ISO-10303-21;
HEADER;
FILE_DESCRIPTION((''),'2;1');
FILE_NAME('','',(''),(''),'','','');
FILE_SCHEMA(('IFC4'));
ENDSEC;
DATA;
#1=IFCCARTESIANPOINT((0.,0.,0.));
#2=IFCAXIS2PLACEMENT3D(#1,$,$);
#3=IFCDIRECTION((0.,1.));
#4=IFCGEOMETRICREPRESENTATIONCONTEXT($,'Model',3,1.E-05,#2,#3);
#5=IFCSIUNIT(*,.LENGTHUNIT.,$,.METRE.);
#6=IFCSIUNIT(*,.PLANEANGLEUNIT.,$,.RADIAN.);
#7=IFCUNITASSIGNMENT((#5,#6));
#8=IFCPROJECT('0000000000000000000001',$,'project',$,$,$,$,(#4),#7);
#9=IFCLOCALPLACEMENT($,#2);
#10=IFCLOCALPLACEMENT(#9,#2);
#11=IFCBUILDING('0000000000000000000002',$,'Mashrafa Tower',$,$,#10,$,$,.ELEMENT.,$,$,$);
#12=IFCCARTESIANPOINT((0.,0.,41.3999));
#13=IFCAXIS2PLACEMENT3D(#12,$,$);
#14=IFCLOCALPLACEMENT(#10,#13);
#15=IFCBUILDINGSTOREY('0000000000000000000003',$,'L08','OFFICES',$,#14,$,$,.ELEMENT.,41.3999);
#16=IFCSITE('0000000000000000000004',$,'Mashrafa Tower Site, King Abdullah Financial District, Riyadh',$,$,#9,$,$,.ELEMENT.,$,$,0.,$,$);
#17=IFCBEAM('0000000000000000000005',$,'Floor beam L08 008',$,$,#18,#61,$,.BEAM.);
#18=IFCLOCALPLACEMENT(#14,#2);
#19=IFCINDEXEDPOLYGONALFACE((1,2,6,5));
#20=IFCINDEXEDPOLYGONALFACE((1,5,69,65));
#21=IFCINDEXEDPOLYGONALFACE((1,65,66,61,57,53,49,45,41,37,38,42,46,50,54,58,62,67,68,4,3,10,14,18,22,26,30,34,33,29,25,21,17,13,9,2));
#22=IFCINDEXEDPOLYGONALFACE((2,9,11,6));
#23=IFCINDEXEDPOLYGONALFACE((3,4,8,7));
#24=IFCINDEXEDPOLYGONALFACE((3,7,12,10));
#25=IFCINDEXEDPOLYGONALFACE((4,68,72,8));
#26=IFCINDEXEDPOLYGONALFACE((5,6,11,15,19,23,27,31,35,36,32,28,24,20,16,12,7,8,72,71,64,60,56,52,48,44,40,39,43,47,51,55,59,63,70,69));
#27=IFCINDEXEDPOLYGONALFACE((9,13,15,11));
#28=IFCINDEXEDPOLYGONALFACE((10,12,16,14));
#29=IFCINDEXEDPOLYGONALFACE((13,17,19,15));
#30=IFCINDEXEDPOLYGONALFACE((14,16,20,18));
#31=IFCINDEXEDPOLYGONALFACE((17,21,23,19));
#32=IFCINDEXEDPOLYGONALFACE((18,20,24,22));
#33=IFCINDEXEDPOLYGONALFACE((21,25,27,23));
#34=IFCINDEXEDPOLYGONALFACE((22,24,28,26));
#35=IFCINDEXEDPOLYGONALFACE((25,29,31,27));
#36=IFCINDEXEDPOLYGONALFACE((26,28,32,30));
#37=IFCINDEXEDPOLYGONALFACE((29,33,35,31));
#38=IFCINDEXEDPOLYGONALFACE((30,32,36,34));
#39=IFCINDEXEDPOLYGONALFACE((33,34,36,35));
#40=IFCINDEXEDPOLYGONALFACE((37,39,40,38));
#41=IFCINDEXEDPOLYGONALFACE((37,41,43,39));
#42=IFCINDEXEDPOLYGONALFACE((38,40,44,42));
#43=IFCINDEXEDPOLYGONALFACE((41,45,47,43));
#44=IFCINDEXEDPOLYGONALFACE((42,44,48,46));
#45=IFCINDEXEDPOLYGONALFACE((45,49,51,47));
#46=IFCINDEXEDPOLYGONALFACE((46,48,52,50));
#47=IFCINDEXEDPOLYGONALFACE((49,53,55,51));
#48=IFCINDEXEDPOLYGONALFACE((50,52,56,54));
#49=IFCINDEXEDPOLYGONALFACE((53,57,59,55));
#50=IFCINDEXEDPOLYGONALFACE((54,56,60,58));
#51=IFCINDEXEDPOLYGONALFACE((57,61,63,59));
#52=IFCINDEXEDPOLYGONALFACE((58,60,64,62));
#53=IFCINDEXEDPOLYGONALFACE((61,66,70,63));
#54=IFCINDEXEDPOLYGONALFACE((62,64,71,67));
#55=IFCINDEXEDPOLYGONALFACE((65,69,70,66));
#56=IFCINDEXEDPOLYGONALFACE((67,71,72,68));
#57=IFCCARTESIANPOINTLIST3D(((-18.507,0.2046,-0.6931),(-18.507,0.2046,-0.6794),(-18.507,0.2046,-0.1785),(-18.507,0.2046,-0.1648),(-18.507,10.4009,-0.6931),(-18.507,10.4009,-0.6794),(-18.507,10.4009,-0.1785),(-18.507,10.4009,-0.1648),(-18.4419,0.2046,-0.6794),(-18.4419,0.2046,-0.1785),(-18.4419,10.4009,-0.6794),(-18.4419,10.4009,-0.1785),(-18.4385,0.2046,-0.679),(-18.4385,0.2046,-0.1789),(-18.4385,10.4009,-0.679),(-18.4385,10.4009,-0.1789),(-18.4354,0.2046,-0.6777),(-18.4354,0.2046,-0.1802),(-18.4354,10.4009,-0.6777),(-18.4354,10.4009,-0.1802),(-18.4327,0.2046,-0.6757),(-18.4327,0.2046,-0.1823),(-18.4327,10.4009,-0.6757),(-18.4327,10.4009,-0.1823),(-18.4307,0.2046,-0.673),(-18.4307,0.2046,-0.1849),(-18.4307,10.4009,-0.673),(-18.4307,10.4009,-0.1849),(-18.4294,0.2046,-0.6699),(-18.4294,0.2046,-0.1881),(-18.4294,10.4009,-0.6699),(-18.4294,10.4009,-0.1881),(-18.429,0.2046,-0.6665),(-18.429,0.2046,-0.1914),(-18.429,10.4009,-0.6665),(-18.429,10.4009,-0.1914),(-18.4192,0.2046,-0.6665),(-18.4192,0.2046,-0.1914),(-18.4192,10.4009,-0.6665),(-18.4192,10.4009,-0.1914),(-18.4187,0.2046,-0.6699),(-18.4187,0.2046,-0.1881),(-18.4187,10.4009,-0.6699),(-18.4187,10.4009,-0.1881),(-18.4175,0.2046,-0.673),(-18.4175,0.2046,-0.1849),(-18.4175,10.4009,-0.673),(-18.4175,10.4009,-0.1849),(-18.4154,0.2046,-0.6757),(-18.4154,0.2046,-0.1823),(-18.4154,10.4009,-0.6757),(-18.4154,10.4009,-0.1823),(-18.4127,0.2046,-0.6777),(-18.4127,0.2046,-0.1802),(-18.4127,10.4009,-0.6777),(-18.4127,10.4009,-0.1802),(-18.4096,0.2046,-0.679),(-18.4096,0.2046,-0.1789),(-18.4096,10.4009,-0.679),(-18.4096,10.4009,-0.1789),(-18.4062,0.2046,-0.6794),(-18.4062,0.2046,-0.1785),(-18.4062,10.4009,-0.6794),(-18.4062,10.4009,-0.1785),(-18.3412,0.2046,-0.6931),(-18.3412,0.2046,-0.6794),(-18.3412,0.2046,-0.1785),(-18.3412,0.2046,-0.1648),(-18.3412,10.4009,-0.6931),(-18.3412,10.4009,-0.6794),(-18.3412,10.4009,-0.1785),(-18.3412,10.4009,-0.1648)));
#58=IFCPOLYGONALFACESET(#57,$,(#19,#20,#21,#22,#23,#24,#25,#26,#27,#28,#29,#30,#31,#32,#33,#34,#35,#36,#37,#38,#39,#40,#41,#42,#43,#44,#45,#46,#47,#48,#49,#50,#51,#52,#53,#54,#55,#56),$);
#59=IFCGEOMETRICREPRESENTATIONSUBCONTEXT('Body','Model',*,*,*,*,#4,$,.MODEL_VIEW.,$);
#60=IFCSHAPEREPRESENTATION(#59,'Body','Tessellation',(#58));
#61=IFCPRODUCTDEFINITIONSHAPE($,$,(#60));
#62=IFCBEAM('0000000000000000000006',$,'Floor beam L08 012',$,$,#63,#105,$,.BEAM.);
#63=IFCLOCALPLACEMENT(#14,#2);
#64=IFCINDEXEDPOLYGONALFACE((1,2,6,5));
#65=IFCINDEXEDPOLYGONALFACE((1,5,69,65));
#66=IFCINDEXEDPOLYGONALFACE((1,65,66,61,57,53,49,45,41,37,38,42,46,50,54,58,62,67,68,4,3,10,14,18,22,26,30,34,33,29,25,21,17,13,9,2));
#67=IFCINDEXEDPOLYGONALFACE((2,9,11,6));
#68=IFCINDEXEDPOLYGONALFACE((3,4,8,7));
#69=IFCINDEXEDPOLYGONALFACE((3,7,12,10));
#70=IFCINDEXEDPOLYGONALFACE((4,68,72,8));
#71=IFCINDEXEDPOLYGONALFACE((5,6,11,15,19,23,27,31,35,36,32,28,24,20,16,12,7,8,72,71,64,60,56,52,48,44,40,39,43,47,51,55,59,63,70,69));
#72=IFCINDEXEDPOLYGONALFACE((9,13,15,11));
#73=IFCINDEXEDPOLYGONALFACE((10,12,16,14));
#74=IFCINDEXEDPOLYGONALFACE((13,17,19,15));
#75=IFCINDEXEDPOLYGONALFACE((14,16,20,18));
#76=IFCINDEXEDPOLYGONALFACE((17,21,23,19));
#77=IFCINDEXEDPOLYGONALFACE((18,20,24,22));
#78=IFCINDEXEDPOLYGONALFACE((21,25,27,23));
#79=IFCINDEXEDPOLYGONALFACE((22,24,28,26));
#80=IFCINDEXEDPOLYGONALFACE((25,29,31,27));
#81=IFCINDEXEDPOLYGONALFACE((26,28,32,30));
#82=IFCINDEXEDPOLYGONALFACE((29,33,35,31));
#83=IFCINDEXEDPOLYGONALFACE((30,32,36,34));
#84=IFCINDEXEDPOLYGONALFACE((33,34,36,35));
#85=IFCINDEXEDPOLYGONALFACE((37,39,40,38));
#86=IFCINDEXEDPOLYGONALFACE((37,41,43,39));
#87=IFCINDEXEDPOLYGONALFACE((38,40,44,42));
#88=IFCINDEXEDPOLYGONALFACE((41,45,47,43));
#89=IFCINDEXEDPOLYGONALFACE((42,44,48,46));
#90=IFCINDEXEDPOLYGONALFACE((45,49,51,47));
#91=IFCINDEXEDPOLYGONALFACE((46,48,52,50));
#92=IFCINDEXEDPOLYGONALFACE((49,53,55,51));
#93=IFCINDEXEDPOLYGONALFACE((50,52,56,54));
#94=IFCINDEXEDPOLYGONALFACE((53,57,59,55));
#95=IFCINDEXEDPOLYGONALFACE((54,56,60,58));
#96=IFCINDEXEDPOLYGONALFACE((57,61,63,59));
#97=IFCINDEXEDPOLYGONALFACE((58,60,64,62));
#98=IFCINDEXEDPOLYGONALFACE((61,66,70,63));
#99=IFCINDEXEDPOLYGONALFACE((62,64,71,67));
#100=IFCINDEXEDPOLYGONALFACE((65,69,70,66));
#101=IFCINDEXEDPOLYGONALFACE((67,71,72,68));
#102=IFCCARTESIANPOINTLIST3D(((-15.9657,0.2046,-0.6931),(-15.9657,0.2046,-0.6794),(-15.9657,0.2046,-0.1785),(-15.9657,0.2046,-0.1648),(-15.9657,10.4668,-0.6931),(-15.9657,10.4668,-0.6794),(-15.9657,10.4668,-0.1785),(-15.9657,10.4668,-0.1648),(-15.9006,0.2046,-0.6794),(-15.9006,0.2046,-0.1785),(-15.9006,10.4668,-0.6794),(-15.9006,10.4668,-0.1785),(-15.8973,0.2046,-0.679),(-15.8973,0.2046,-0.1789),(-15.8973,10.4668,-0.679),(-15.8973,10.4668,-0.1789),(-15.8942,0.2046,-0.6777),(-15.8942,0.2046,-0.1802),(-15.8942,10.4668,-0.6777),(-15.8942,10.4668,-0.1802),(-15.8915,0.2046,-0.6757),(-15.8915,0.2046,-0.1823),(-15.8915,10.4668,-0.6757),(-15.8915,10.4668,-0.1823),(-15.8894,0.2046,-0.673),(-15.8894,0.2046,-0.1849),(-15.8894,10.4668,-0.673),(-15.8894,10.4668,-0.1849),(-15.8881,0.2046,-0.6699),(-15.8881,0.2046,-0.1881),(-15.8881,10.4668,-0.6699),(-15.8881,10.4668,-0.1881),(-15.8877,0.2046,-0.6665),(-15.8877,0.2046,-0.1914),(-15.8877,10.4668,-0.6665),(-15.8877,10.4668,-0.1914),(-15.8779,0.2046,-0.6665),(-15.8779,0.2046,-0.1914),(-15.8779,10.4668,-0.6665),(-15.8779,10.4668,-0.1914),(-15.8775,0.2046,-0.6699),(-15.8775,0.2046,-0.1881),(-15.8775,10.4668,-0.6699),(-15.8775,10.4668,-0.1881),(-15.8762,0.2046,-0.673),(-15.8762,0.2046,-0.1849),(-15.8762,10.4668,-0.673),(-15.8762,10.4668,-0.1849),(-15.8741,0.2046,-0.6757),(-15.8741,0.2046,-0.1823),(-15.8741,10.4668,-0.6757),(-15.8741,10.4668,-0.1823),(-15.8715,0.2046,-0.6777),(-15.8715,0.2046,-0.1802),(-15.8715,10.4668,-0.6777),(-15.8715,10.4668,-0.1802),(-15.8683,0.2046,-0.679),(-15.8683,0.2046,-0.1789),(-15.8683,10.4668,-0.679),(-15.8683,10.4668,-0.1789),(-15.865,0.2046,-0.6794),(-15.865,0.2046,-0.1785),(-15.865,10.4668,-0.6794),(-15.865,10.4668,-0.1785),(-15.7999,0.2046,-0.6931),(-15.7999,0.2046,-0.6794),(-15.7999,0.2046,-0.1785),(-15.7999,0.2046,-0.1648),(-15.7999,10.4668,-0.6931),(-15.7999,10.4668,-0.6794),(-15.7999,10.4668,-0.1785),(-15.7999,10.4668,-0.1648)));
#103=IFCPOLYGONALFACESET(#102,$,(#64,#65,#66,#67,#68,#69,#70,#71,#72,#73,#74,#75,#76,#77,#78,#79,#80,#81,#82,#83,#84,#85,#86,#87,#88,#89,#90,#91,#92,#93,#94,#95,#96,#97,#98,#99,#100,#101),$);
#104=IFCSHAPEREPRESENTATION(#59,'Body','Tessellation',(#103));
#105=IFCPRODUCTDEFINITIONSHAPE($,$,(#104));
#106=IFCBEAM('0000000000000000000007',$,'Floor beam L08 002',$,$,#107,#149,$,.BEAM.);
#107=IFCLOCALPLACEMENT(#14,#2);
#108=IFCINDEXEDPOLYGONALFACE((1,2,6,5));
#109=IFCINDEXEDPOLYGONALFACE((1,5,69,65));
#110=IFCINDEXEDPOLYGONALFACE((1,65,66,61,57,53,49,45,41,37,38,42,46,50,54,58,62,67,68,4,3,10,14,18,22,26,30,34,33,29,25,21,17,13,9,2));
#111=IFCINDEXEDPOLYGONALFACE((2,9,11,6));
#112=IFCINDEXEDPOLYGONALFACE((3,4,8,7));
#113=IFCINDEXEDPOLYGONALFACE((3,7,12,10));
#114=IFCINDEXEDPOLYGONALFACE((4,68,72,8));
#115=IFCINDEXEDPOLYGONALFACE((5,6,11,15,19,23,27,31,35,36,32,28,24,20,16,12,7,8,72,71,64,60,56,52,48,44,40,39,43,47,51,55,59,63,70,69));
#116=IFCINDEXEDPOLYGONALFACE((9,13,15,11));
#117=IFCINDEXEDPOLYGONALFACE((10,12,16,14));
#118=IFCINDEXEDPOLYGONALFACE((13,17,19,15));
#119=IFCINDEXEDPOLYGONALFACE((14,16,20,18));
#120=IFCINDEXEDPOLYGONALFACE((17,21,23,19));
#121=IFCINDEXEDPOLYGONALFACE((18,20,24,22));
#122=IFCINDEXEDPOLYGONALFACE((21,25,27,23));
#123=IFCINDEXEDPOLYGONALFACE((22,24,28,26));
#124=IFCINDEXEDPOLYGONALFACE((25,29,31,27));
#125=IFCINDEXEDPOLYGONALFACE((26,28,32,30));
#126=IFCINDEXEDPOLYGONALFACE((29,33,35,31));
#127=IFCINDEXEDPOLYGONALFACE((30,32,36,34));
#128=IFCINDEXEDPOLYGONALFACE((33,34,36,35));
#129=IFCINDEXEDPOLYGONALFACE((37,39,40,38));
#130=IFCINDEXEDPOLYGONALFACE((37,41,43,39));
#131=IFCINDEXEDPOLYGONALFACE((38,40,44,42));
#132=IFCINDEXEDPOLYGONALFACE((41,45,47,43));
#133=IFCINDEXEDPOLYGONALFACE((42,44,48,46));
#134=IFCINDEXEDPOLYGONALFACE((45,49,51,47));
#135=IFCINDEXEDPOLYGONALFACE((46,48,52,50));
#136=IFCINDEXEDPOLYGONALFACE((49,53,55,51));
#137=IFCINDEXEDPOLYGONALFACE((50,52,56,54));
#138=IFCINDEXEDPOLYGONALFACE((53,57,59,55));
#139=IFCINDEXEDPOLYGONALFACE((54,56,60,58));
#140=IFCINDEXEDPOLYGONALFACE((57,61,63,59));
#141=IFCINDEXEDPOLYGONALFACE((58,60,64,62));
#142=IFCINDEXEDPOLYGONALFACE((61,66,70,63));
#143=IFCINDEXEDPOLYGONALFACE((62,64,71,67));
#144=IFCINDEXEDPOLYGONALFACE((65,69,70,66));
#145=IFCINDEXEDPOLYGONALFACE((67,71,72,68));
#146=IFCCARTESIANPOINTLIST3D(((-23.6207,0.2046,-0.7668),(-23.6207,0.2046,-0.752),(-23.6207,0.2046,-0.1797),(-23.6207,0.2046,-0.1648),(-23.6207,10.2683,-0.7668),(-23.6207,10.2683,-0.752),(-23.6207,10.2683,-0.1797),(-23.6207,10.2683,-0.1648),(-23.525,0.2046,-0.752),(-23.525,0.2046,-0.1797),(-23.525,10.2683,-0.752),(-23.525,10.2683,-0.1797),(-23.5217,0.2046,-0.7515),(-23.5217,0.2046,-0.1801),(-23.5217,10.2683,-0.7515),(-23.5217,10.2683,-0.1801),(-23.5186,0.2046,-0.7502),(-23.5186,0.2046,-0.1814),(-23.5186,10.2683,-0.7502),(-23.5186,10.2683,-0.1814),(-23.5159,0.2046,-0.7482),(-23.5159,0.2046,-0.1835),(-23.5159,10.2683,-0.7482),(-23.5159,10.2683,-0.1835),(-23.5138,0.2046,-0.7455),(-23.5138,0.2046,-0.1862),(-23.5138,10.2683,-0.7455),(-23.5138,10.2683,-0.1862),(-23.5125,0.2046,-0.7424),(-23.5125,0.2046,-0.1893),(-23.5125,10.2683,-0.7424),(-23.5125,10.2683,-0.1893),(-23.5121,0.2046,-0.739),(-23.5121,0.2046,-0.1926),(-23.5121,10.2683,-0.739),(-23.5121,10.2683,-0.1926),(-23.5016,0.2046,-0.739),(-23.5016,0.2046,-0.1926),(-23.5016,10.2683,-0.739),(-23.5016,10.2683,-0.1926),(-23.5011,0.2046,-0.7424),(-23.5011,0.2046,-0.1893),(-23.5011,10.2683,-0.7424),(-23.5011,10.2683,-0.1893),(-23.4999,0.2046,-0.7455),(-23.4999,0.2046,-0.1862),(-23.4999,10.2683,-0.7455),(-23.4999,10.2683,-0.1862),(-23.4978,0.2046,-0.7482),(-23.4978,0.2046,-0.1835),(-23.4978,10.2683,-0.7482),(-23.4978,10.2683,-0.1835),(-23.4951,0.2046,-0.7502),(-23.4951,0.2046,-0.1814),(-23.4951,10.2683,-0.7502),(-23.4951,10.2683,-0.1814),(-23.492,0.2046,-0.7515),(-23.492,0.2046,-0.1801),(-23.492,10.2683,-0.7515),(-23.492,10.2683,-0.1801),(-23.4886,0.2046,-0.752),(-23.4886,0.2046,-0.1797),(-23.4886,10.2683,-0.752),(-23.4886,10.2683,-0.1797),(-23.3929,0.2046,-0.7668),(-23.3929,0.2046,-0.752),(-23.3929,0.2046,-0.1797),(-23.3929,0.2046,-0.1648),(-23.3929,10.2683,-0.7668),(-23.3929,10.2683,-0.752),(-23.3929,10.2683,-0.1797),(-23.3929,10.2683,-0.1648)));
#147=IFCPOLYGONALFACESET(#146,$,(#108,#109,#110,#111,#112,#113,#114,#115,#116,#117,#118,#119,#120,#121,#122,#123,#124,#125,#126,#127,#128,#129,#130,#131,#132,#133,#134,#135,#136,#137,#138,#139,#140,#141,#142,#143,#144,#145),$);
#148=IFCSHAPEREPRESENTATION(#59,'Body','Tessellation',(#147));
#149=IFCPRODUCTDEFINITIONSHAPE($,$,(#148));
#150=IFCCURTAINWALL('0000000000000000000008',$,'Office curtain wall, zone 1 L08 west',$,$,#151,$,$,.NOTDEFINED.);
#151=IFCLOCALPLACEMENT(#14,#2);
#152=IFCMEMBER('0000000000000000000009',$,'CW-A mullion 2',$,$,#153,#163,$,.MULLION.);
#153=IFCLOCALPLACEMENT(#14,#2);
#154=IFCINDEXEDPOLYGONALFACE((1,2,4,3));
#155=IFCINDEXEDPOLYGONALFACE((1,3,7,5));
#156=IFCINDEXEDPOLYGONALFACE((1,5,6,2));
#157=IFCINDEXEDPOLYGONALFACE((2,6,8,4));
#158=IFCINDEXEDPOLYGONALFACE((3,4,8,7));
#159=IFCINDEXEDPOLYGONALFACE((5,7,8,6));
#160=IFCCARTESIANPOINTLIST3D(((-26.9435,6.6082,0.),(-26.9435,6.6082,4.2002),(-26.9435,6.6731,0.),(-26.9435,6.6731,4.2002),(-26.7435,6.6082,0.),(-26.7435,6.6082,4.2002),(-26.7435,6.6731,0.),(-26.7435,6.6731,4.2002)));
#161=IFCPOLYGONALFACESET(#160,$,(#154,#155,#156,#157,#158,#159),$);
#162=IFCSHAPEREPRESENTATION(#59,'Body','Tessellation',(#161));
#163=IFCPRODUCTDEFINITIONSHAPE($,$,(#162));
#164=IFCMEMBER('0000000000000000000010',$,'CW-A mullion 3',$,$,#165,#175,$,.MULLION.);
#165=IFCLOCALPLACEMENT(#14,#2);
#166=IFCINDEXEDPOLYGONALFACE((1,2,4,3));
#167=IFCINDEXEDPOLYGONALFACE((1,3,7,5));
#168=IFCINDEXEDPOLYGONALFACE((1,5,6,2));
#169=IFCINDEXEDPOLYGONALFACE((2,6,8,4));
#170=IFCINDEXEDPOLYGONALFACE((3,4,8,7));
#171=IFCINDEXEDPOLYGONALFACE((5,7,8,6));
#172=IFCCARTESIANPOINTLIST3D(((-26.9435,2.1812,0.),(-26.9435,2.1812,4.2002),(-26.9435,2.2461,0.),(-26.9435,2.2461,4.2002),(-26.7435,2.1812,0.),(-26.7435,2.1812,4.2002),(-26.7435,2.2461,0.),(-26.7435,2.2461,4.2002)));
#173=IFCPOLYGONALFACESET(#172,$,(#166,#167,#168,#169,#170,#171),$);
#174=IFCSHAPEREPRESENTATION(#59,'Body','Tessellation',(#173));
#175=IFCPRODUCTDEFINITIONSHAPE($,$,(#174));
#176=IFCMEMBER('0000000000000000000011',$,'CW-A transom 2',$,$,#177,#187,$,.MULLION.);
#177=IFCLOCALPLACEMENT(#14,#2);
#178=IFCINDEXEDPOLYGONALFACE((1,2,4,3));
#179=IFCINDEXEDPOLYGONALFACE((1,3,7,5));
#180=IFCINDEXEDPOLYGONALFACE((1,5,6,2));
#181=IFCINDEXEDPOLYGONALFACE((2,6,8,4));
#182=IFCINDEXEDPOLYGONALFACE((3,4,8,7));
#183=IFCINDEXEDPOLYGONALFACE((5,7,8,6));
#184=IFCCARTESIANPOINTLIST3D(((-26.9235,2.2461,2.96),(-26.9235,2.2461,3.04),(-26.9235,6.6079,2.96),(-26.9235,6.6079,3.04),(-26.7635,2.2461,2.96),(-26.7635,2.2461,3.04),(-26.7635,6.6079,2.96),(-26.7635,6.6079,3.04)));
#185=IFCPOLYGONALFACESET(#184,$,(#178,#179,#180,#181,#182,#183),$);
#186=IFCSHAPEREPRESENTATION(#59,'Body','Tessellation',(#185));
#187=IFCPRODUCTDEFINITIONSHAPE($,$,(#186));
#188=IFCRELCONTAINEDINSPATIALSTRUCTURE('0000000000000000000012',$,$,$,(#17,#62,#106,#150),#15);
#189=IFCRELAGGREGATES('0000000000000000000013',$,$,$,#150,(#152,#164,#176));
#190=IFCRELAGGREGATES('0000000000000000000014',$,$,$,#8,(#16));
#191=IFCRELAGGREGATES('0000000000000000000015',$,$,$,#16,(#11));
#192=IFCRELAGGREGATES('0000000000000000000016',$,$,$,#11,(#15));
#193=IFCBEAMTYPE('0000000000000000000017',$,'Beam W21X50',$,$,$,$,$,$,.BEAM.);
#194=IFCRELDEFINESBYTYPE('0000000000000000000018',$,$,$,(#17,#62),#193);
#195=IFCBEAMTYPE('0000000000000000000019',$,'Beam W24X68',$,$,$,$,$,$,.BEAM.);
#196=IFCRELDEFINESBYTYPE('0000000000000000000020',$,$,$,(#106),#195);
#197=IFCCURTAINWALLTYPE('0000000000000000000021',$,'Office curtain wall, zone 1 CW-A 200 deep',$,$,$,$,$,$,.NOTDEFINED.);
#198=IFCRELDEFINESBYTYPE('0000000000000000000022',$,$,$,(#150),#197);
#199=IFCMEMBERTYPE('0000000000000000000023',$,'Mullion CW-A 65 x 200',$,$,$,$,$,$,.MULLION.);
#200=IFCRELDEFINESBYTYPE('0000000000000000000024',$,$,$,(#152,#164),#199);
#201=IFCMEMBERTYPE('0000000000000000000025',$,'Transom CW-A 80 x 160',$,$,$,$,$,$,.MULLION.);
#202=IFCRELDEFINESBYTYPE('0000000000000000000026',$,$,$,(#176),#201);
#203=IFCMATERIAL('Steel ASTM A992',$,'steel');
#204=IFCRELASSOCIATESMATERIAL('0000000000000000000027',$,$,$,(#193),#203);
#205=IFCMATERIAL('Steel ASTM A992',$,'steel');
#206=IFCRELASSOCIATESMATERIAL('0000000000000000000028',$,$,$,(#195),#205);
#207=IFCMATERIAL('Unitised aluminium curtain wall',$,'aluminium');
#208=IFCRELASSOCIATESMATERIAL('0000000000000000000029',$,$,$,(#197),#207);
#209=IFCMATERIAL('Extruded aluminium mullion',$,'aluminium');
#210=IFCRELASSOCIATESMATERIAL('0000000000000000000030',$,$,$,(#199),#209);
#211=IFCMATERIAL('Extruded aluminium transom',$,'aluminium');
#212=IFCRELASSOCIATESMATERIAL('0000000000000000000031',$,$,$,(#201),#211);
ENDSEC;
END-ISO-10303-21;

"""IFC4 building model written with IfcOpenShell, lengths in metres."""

from ifc_helpers import new_model, si_unit, direction, frame, origin, origin_2d, place, context, subcontext, project, spatial, rectangle, i_section, extrude, source, transform, mapped, material, material_profile, profile_set, type_object, type_shapes, element, aggregate, save


model = new_model("IFC4")

# Units and contexts
model_context = context("Model", 3, precision=1e-05, world=origin(), true_north=direction((0.0, 1.0)))
body_context = subcontext(model_context, "Body", "Model", "MODEL_VIEW")
ifc_project = project(units=[si_unit("LENGTHUNIT", "METRE"), si_unit("PLANEANGLEUNIT", "RADIAN")], contexts=[model_context])

# Site, building, storey
site_placement = place(None, origin())
site = spatial("IfcSite", under=ifc_project, at=site_placement, Name="Mashrafa Tower Site, King Abdullah Financial District, Riyadh", CompositionType="ELEMENT", RefElevation=0.0)
building_placement = place(site_placement, origin())
building = spatial("IfcBuilding", under=site, at=building_placement, Name="Mashrafa Tower", CompositionType="ELEMENT")
storey_placement = place(building_placement, frame((0.0, 0.0, 41.3999)))
storey = spatial("IfcBuildingStorey", under=building, at=storey_placement, Name="L08", Description="OFFICES", CompositionType="ELEMENT", Elevation=41.3999)

# Beams
ifc_material_1 = material(Name="Steel ASTM A992", Category="steel")
ifc_material_profile_1 = material_profile(ifc_material_1, i_section(OverallWidth=0.1658, OverallDepth=0.5283, WebThickness=0.0098, FlangeThickness=0.0137, FilletRadius=0.0129, at=origin_2d()), Name="W21X50")
ifc_profile_set_1 = profile_set([ifc_material_profile_1], Name="Steel ASTM A992")
beam_type_1 = type_object("IfcBeamType", Name="Beam W21X50", PredefinedType="BEAM", material=ifc_profile_set_1)
beam_1_placement = place(storey_placement, frame((-18.4241, 0.2046, -0.429), z_axis=(0.0, 1.0, 0.0), x_axis=(-1.0, 0.0, 0.0)))
element("IfcBeam", 1, at=beam_1_placement, inside=storey, type_object=beam_type_1, Name="Floor beam L08 008", PredefinedType="BEAM", context=body_context, shape_type="SweptSolid", body=[
    extrude(i_section(OverallWidth=0.1658, OverallDepth=0.5283, WebThickness=0.0098, FlangeThickness=0.0137, FilletRadius=0.0129, at=origin_2d()), origin(), (0.0, 0.0, 1.0), 10.1963),
])
beam_2_placement = place(storey_placement, frame((-15.8828, 0.2046, -0.429), z_axis=(0.0, 1.0, 0.0), x_axis=(-1.0, 0.0, 0.0)))
element("IfcBeam", 2, at=beam_2_placement, inside=storey, type_object=beam_type_1, Name="Floor beam L08 012", PredefinedType="BEAM", context=body_context, shape_type="SweptSolid", body=[
    extrude(i_section(OverallWidth=0.1658, OverallDepth=0.5283, WebThickness=0.0098, FlangeThickness=0.0137, FilletRadius=0.0129, at=origin_2d()), origin(), (0.0, 0.0, 1.0), 10.2622),
])
ifc_material_2 = material(Name="Steel ASTM A992", Category="steel")
ifc_material_profile_2 = material_profile(ifc_material_2, i_section(OverallWidth=0.2278, OverallDepth=0.6021, WebThickness=0.0105, FlangeThickness=0.0149, FilletRadius=0.0129, at=origin_2d()), Name="W24X68")
ifc_profile_set_2 = profile_set([ifc_material_profile_2], Name="Steel ASTM A992")
beam_type_2 = type_object("IfcBeamType", Name="Beam W24X68", PredefinedType="BEAM", material=ifc_profile_set_2)
beam_3_placement = place(storey_placement, frame((-23.5068, 0.2046, -0.4658), z_axis=(0.0, 1.0, 0.0), x_axis=(-1.0, 0.0, 0.0)))
element("IfcBeam", 3, at=beam_3_placement, inside=storey, type_object=beam_type_2, Name="Floor beam L08 002", PredefinedType="BEAM", context=body_context, shape_type="SweptSolid", body=[
    extrude(i_section(OverallWidth=0.2278, OverallDepth=0.6021, WebThickness=0.0105, FlangeThickness=0.0149, FilletRadius=0.0129, at=origin_2d()), origin(), (0.0, 0.0, 1.0), 10.0637),
])

# Curtain wall, members
ifc_material_3 = material(Name="Unitised aluminium curtain wall", Category="aluminium")
curtain_wall_type = type_object("IfcCurtainWallType", Name="Office curtain wall, zone 1 CW-A 200 deep", PredefinedType="NOTDEFINED", material=ifc_material_3)
curtain_wall_placement = place(storey_placement, origin())
curtain_wall = element("IfcCurtainWall", 4, at=curtain_wall_placement, inside=storey, type_object=curtain_wall_type, Name="Office curtain wall, zone 1 L08 west", PredefinedType="NOTDEFINED")
ifc_material_4 = material(Name="Extruded aluminium mullion", Category="aluminium")
ifc_material_profile_3 = material_profile(ifc_material_4, rectangle(XDim=0.2, YDim=0.0649, at=origin_2d()), Name="Mullion 65x200")
ifc_profile_set_3 = profile_set([ifc_material_profile_3], Name="Extruded aluminium mullion")
member_type_1 = type_object("IfcMemberType", Name="Mullion CW-A 65 x 200", PredefinedType="MULLION", material=ifc_profile_set_3)
shared_shape_1 = source(origin(), body_context, "Body", "SweptSolid", [
    extrude(rectangle(XDim=0.2, YDim=0.0649, at=origin_2d()), origin(), (0.0, 0.0, 1.0), 4.2002),
])
type_shapes(member_type_1, [shared_shape_1])
member_1_placement = place(storey_placement, frame((-26.8435, 6.6406, 0.0), z_axis=(0.0, 0.0, 1.0), x_axis=(1.0, 0.0, 0.0)))
member_1 = element("IfcMember", 5, at=member_1_placement, type_object=member_type_1, Name="CW-A mullion 2", PredefinedType="MULLION", context=body_context, shape_type="MappedRepresentation", body=[
    mapped(shared_shape_1, transform((0.0, 0.0, 0.0))),
])
member_2_placement = place(storey_placement, frame((-26.8435, 2.2136, 0.0), z_axis=(0.0, 0.0, 1.0), x_axis=(1.0, 0.0, 0.0)))
member_2 = element("IfcMember", 6, at=member_2_placement, type_object=member_type_1, Name="CW-A mullion 3", PredefinedType="MULLION", context=body_context, shape_type="MappedRepresentation", body=[
    mapped(shared_shape_1, transform((0.0, 0.0, 0.0))),
])
ifc_material_5 = material(Name="Extruded aluminium transom", Category="aluminium")
ifc_material_profile_4 = material_profile(ifc_material_5, rectangle(XDim=0.1599, YDim=0.0801, at=origin_2d()), Name="Transom 80x160")
ifc_profile_set_4 = profile_set([ifc_material_profile_4], Name="Extruded aluminium transom")
member_type_2 = type_object("IfcMemberType", Name="Transom CW-A 80 x 160", PredefinedType="MULLION", material=ifc_profile_set_4)
shared_shape_2 = source(origin(), body_context, "Body", "SweptSolid", [
    extrude(rectangle(XDim=0.1599, YDim=0.0801, at=origin_2d()), origin(), (0.0, 0.0, 1.0), 4.3618),
])
type_shapes(member_type_2, [shared_shape_2])
member_3_placement = place(storey_placement, frame((-26.8435, 6.6079, 3.0), z_axis=(0.0, -1.0, 0.0), x_axis=(1.0, 0.0, 0.0)))
member_3 = element("IfcMember", 7, at=member_3_placement, type_object=member_type_2, Name="CW-A transom 2", PredefinedType="MULLION", context=body_context, shape_type="MappedRepresentation", body=[
    mapped(shared_shape_2, transform((0.0, 0.0, 0.0))),
])
aggregate(curtain_wall, [member_1, member_2, member_3])

save(model, "model.ifc")
